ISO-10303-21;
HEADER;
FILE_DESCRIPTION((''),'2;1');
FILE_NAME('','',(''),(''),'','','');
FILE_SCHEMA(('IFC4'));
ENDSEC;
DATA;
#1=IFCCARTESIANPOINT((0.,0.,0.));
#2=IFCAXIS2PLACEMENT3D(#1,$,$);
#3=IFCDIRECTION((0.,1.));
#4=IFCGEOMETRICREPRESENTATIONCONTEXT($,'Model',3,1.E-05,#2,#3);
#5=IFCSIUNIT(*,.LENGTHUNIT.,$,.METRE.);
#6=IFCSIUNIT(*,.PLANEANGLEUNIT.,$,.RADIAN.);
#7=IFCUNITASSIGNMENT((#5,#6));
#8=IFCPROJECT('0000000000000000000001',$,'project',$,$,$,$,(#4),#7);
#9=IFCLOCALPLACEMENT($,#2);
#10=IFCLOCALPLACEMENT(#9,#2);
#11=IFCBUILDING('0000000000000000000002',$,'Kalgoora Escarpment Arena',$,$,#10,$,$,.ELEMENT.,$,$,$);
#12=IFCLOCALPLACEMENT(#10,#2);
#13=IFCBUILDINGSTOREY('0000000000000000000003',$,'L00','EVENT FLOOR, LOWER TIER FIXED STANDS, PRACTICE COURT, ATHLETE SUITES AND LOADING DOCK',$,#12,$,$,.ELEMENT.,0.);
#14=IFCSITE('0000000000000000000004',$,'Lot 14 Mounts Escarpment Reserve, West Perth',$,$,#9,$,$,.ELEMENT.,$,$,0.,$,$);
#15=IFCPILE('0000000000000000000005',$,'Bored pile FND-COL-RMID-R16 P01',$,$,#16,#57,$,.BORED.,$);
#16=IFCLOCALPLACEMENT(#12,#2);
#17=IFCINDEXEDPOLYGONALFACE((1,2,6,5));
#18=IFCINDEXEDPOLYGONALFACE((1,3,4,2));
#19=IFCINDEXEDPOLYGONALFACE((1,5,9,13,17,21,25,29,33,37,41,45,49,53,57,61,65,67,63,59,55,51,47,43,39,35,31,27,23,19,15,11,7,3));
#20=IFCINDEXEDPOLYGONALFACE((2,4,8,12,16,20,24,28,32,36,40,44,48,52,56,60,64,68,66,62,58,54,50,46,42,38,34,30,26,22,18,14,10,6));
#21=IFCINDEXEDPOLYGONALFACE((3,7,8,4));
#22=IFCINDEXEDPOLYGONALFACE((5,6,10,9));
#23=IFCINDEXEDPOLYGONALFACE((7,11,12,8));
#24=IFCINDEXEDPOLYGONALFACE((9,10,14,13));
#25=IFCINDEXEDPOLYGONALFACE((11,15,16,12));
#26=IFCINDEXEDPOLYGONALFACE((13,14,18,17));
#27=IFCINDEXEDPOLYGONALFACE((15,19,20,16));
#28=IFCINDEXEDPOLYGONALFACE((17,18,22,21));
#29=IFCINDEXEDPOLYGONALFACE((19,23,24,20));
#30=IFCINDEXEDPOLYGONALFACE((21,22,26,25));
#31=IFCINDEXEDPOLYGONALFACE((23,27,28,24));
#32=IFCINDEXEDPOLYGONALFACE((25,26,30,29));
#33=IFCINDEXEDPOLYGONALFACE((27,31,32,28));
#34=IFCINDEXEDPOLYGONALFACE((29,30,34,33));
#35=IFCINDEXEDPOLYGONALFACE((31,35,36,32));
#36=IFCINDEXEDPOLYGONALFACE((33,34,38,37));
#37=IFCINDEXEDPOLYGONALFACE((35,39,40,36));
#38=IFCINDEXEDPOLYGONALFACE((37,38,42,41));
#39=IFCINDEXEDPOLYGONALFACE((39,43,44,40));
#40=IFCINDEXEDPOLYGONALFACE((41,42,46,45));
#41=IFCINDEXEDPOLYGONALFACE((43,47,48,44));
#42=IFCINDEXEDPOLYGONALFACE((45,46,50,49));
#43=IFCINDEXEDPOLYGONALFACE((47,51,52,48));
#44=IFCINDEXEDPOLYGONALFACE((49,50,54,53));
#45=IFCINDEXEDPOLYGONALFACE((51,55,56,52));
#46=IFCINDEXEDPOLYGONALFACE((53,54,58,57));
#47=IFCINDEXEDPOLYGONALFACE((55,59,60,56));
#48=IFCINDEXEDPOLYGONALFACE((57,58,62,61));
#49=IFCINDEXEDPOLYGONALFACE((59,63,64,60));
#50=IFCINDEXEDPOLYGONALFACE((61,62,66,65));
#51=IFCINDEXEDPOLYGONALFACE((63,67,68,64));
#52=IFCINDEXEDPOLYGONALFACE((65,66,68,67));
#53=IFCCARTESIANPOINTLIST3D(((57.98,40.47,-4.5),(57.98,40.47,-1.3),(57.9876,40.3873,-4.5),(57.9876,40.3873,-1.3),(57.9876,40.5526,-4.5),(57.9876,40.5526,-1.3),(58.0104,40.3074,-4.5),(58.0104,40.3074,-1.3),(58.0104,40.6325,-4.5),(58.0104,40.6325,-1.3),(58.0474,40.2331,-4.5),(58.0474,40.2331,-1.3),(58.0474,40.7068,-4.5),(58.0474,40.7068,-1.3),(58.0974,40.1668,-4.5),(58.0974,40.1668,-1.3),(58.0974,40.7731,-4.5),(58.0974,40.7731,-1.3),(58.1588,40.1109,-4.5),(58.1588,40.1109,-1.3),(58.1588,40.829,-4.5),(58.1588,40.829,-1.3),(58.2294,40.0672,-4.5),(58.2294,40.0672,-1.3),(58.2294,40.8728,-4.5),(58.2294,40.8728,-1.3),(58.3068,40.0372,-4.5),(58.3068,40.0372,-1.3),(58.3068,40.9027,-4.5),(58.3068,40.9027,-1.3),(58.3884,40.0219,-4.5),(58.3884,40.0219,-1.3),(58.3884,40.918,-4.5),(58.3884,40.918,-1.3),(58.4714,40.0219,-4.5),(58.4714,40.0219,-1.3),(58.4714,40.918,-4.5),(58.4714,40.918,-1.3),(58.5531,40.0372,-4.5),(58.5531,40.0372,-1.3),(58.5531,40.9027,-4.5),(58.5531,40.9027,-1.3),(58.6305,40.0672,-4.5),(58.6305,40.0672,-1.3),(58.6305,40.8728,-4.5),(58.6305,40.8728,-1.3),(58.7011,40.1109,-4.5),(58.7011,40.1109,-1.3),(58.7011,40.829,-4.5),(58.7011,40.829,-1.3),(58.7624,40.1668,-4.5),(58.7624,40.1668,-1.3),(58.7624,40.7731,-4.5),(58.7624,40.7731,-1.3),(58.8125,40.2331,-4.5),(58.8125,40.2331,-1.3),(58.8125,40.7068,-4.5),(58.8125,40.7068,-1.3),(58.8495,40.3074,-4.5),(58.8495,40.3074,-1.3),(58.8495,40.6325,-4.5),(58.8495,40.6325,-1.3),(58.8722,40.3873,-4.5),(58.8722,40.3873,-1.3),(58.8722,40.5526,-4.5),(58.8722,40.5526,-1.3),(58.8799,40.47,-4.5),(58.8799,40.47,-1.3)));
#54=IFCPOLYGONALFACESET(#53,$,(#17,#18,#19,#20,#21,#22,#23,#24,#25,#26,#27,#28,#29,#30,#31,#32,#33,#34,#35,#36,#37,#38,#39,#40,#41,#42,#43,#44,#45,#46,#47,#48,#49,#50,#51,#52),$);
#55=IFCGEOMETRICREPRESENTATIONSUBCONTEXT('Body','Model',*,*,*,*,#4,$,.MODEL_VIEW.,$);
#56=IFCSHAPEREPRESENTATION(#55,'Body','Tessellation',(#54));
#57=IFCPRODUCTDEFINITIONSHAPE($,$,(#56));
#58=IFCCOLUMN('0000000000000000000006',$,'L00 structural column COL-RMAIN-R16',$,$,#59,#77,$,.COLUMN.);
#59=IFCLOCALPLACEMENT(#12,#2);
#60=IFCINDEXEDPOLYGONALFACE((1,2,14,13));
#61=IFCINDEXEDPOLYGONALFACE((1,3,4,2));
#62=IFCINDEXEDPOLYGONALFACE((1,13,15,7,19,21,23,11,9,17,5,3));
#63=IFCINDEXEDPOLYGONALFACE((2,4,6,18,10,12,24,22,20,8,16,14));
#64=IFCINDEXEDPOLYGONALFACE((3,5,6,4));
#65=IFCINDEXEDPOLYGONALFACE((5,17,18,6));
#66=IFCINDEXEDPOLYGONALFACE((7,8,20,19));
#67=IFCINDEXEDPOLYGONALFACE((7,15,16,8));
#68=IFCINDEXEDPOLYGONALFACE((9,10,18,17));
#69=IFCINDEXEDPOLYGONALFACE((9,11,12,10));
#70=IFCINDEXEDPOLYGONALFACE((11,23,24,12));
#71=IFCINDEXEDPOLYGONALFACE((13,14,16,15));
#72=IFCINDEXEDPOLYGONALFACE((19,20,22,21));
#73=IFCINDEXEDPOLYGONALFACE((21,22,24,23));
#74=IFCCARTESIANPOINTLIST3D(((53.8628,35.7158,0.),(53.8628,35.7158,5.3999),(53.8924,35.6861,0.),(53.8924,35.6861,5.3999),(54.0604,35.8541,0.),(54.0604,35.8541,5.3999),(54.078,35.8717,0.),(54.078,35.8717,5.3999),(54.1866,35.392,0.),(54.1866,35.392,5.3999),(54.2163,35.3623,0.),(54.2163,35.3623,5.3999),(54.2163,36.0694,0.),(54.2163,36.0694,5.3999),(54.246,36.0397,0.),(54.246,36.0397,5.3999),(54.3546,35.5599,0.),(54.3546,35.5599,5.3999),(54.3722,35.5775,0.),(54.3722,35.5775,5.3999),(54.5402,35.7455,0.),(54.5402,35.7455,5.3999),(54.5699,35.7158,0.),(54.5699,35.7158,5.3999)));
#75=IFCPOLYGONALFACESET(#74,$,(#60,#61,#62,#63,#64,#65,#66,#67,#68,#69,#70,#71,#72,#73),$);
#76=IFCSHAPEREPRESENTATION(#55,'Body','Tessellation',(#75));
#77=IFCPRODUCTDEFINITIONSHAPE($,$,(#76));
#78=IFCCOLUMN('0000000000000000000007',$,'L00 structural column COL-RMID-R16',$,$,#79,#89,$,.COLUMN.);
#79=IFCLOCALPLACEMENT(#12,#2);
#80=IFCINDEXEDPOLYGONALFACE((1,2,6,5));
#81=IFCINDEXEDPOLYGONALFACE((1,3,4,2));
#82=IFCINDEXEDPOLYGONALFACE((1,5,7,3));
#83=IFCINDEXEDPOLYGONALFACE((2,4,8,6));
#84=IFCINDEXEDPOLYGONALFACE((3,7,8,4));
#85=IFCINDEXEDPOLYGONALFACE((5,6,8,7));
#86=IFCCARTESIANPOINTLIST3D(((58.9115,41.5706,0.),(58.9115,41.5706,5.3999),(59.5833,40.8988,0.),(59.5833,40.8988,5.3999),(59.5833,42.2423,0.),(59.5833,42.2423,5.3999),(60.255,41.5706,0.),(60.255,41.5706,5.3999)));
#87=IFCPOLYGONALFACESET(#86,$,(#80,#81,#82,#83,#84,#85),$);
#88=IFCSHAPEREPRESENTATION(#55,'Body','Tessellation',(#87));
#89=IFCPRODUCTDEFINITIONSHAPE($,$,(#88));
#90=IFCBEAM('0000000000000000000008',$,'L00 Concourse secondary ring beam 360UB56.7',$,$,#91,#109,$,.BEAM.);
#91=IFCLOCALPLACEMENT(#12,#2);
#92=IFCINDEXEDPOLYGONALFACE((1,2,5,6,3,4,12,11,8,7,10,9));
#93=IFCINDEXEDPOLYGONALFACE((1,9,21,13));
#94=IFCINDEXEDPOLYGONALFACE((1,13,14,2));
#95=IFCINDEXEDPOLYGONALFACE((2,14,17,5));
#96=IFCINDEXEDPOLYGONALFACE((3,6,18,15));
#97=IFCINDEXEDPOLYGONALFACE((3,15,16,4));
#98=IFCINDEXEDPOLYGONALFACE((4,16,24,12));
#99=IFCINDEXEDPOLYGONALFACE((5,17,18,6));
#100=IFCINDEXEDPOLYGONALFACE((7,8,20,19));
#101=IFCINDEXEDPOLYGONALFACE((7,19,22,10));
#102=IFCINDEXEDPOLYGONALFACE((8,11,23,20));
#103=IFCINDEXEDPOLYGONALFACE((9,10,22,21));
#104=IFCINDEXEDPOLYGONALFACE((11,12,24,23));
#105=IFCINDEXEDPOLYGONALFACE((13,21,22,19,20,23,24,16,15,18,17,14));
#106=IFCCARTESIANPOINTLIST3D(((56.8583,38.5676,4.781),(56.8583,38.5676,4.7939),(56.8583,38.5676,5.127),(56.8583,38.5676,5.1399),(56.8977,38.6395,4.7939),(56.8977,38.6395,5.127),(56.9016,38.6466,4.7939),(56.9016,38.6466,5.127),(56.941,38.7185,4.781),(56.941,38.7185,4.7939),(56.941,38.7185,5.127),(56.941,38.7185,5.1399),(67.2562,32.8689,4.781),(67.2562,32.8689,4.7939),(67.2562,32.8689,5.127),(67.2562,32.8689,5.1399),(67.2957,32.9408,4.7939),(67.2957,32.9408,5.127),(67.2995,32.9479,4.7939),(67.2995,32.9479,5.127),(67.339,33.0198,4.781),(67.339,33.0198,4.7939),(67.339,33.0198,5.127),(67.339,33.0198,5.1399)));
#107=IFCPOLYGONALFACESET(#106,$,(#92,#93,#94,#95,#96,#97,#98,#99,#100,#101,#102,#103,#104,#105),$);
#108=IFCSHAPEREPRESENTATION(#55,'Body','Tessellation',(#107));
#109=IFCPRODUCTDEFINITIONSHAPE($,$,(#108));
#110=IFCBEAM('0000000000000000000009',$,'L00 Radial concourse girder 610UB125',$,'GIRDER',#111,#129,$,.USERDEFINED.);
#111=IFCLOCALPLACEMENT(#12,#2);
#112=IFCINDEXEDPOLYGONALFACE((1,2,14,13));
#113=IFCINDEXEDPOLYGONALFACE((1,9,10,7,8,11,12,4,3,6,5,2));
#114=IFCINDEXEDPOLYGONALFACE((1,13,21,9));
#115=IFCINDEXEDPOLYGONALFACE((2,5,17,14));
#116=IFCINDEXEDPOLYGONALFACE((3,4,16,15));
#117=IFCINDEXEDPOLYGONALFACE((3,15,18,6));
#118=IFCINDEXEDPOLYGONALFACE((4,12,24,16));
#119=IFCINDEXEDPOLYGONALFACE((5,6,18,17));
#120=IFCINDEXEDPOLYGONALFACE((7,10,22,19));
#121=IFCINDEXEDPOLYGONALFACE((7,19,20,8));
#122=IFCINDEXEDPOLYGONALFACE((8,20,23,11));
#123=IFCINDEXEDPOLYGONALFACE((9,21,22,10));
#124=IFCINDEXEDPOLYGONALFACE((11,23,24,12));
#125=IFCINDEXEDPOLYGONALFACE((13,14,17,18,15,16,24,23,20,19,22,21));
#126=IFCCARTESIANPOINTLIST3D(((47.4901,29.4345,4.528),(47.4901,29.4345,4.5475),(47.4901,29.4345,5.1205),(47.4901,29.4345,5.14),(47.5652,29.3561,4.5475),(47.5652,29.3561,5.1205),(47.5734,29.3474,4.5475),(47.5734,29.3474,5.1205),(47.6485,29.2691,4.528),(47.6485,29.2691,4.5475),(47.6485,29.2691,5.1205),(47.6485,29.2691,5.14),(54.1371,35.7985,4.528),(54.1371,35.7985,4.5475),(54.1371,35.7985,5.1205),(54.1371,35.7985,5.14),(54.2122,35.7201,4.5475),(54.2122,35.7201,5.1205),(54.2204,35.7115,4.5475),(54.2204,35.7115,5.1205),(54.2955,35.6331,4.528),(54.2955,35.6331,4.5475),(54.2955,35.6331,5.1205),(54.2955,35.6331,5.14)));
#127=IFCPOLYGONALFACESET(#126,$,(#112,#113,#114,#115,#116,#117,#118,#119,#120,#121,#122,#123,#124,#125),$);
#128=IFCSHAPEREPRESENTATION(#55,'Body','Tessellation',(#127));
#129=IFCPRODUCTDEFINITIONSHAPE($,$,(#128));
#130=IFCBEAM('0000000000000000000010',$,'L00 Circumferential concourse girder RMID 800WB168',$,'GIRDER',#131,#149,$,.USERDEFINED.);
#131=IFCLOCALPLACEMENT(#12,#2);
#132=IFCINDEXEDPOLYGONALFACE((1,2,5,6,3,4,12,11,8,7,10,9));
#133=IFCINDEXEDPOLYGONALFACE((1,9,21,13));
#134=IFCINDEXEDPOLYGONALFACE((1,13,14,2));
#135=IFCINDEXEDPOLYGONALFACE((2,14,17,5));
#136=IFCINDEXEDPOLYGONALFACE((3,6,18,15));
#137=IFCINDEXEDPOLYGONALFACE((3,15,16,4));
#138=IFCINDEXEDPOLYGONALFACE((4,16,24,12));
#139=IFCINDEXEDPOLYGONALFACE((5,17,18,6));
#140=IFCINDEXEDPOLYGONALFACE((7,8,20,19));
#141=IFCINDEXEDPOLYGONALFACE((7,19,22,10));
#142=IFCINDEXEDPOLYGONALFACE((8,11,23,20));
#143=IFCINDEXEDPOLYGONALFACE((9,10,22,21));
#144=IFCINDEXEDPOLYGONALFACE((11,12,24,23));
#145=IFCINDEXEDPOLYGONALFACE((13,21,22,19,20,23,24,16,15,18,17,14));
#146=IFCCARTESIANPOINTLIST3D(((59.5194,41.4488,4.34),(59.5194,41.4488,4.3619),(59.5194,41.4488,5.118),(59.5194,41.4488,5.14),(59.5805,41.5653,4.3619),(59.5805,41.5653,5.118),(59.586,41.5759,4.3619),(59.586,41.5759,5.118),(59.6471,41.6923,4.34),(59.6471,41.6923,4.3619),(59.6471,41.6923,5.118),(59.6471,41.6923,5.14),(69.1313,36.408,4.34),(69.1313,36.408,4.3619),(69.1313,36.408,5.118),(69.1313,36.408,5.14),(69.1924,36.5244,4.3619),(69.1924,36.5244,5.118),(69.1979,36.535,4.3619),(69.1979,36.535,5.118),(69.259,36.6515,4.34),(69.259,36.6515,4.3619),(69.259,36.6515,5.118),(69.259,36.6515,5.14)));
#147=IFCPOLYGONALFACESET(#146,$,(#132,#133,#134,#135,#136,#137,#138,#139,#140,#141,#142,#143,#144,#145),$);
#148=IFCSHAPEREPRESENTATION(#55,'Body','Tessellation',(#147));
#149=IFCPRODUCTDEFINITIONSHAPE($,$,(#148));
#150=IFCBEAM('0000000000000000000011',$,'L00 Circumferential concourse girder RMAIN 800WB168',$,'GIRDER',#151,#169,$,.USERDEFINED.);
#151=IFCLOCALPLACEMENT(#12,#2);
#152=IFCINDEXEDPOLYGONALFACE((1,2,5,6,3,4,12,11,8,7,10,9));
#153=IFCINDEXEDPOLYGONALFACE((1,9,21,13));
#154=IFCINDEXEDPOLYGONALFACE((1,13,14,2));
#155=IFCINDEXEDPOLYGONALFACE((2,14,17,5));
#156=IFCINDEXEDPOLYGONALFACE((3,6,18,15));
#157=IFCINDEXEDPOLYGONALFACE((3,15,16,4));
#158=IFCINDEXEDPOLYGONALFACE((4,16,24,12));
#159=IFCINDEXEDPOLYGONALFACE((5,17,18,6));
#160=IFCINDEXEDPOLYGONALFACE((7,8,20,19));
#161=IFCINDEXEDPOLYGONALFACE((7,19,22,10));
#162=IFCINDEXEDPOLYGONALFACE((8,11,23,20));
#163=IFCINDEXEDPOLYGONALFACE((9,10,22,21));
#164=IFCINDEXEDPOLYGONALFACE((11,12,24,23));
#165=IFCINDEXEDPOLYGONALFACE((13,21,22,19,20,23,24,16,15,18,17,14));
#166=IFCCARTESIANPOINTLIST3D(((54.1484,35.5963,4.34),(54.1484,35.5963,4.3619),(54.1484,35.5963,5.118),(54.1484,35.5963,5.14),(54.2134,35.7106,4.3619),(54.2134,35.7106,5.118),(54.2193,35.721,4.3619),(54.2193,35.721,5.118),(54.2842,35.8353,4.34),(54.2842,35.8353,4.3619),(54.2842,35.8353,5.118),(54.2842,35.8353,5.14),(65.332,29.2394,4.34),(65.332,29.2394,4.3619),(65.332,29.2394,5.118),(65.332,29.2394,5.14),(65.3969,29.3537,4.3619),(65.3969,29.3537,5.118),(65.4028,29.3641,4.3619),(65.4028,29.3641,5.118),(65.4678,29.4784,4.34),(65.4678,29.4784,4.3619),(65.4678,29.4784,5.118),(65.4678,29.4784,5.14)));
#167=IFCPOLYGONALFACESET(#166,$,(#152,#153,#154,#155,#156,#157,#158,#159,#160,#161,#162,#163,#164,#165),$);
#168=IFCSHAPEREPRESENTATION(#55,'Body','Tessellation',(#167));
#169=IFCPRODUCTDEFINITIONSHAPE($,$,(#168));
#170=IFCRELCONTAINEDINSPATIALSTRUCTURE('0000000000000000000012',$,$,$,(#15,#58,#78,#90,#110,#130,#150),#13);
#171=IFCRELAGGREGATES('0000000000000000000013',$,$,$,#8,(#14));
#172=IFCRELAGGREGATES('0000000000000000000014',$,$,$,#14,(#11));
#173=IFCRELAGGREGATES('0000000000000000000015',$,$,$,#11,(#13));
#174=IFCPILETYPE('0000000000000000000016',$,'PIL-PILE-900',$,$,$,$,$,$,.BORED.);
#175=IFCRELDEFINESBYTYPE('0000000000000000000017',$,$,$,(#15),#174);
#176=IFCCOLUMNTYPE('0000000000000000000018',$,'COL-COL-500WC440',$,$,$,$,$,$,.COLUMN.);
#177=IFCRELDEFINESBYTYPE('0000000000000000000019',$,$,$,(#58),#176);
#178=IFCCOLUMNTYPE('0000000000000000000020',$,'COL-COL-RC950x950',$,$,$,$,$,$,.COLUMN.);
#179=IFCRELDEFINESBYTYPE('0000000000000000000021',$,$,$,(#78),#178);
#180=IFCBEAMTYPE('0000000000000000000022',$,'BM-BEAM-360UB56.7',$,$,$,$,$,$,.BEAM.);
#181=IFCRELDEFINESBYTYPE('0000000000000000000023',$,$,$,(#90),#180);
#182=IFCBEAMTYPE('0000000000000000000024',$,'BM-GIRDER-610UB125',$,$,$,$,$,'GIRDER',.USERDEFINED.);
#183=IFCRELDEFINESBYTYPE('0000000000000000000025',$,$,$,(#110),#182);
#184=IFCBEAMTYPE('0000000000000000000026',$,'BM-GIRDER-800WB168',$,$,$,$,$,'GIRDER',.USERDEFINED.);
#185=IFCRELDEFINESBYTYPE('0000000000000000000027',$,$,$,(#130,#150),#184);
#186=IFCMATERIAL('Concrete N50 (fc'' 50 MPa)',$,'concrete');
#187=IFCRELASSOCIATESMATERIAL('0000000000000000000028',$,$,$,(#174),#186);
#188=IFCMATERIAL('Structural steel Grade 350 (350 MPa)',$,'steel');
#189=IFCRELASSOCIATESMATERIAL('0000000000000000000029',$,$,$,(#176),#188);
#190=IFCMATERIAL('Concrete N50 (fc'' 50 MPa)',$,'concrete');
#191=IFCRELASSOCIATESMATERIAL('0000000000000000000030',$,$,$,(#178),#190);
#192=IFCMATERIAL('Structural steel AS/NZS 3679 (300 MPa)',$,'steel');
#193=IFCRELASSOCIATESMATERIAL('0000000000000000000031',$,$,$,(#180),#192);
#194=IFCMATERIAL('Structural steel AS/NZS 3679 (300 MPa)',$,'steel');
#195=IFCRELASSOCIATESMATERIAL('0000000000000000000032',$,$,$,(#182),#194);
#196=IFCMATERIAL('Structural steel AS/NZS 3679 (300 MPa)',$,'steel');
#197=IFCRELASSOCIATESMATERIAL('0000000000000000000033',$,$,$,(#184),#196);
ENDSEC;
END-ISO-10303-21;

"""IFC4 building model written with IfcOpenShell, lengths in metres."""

from ifc_helpers import new_model, si_unit, direction, frame, origin, origin_2d, place, context, subcontext, project, spatial, rectangle, circle, i_section, extrude, material, material_profile, profile_set, type_object, element, save


model = new_model("IFC4")

# Units and contexts
model_context = context("Model", 3, precision=1e-05, world=origin(), true_north=direction((0.0, 1.0)))
body_context = subcontext(model_context, "Body", "Model", "MODEL_VIEW")
ifc_project = project(units=[si_unit("LENGTHUNIT", "METRE"), si_unit("PLANEANGLEUNIT", "RADIAN")], contexts=[model_context])

# Site, building, storey
site_placement = place(None, origin())
site = spatial("IfcSite", under=ifc_project, at=site_placement, Name="Lot 14 Mounts Escarpment Reserve, West Perth", CompositionType="ELEMENT", RefElevation=0.0)
building_placement = place(site_placement, origin())
building = spatial("IfcBuilding", under=site, at=building_placement, Name="Kalgoora Escarpment Arena", CompositionType="ELEMENT")
storey_placement = place(building_placement, origin())
storey = spatial("IfcBuildingStorey", under=building, at=storey_placement, Name="L00", Description="EVENT FLOOR, LOWER TIER FIXED STANDS, PRACTICE COURT, ATHLETE SUITES AND LOADING DOCK", CompositionType="ELEMENT", Elevation=0.0)

# Pile
ifc_material_1 = material(Name="Concrete N50 (fc' 50 MPa)", Category="concrete")
ifc_material_profile_1 = material_profile(ifc_material_1, circle(Radius=0.45, at=origin_2d()))
ifc_profile_set_1 = profile_set([ifc_material_profile_1], Name="Concrete N50 (fc' 50 MPa)")
pile_type_1 = type_object("IfcPileType", Name="PIL-PILE-900", PredefinedType="BORED", material=ifc_profile_set_1)
pile_placement = place(storey_placement, frame((58.4299, 40.47, -1.3), z_axis=(0.0, 0.0, -1.0), x_axis=(1.0, 0.0, 0.0)))
element("IfcPile", 1, at=pile_placement, inside=storey, type_object=pile_type_1, Name="Bored pile FND-COL-RMID-R16 P01", PredefinedType="BORED", context=body_context, shape_type="SweptSolid", body=[
    extrude(circle(Radius=0.45, at=origin_2d()), origin(), (0.0, 0.0, 1.0), 3.2),
])

# Columns
ifc_material_2 = material(Name="Structural steel Grade 350 (350 MPa)", Category="steel")
ifc_material_profile_2 = material_profile(ifc_material_2, i_section(OverallWidth=0.5, OverallDepth=0.5, WebThickness=0.0249, FlangeThickness=0.042, at=origin_2d()))
ifc_profile_set_2 = profile_set([ifc_material_profile_2], Name="Structural steel Grade 350 (350 MPa)")
column_type_1 = type_object("IfcColumnType", Name="COL-COL-500WC440", PredefinedType="COLUMN", material=ifc_profile_set_2)
column_1_placement = place(storey_placement, frame((54.2163, 35.7158, 0.0), z_axis=(0.0, 0.0, 1.0), x_axis=(-0.707107, -0.707107, 0.0)))
element("IfcColumn", 2, at=column_1_placement, inside=storey, type_object=column_type_1, Name="L00 structural column COL-RMAIN-R16", PredefinedType="COLUMN", context=body_context, shape_type="SweptSolid", body=[
    extrude(i_section(OverallWidth=0.5, OverallDepth=0.5, WebThickness=0.0249, FlangeThickness=0.042, at=origin_2d()), origin(), (0.0, 0.0, 1.0), 5.3999),
])
ifc_material_3 = material(Name="Concrete N50 (fc' 50 MPa)", Category="concrete")
ifc_material_profile_3 = material_profile(ifc_material_3, rectangle(XDim=0.95, YDim=0.95, at=origin_2d()))
ifc_profile_set_3 = profile_set([ifc_material_profile_3], Name="Concrete N50 (fc' 50 MPa)")
column_type_2 = type_object("IfcColumnType", Name="COL-COL-RC950x950", PredefinedType="COLUMN", material=ifc_profile_set_3)
column_2_placement = place(storey_placement, frame((59.5833, 41.5706, 0.0), z_axis=(0.0, 0.0, 1.0), x_axis=(-0.707107, -0.707107, 0.0)))
element("IfcColumn", 3, at=column_2_placement, inside=storey, type_object=column_type_2, Name="L00 structural column COL-RMID-R16", PredefinedType="COLUMN", context=body_context, shape_type="SweptSolid", body=[
    extrude(rectangle(XDim=0.95, YDim=0.95, at=origin_2d()), origin(), (0.0, 0.0, 1.0), 5.3999),
])

# Beams
ifc_material_4 = material(Name="Structural steel AS/NZS 3679 (300 MPa)", Category="steel")
ifc_material_profile_4 = material_profile(ifc_material_4, i_section(OverallWidth=0.1721, OverallDepth=0.3589, WebThickness=0.0081, FlangeThickness=0.0129, at=origin_2d()))
ifc_profile_set_4 = profile_set([ifc_material_profile_4], Name="Structural steel AS/NZS 3679 (300 MPa)")
beam_type_1 = type_object("IfcBeamType", Name="BM-BEAM-360UB56.7", PredefinedType="BEAM", material=ifc_profile_set_4)
beam_1_placement = place(storey_placement, frame((56.8997, 38.6431, 4.9604), z_axis=(0.876932, -0.480614, 0.0), x_axis=(0.480614, 0.876932, 0.0)))
element("IfcBeam", 4, at=beam_1_placement, inside=storey, type_object=beam_type_1, Name="L00 Concourse secondary ring beam 360UB56.7", PredefinedType="BEAM", context=body_context, shape_type="SweptSolid", body=[
    extrude(i_section(OverallWidth=0.1721, OverallDepth=0.3589, WebThickness=0.0081, FlangeThickness=0.0129, at=origin_2d()), origin(), (0.0, 0.0, 1.0), 11.8572),
])
ifc_material_5 = material(Name="Structural steel AS/NZS 3679 (300 MPa)", Category="steel")
ifc_material_profile_5 = material_profile(ifc_material_5, i_section(OverallWidth=0.229, OverallDepth=0.6121, WebThickness=0.012, FlangeThickness=0.0195, at=origin_2d()))
ifc_profile_set_5 = profile_set([ifc_material_profile_5], Name="Structural steel AS/NZS 3679 (300 MPa)")
beam_type_2 = type_object("IfcBeamType", Name="BM-GIRDER-610UB125", ElementType="GIRDER", PredefinedType="USERDEFINED", material=ifc_profile_set_5)
beam_2_placement = place(storey_placement, frame((54.2163, 35.7158, 4.834), z_axis=(-0.722314, -0.691565, 0.0), x_axis=(0.691565, -0.722314, 0.0)))
element("IfcBeam", 5, at=beam_2_placement, inside=storey, type_object=beam_type_2, Name="L00 Radial concourse girder 610UB125", ObjectType="GIRDER", PredefinedType="USERDEFINED", context=body_context, shape_type="SweptSolid", body=[
    extrude(i_section(OverallWidth=0.229, OverallDepth=0.6121, WebThickness=0.012, FlangeThickness=0.0195, at=origin_2d()), origin(), (0.0, 0.0, 1.0), 9.2024),
])
ifc_material_6 = material(Name="Structural steel AS/NZS 3679 (300 MPa)", Category="steel")
ifc_material_profile_6 = material_profile(ifc_material_6, i_section(OverallWidth=0.2749, OverallDepth=0.8, WebThickness=0.012, FlangeThickness=0.022, at=origin_2d()))
ifc_profile_set_6 = profile_set([ifc_material_profile_6], Name="Structural steel AS/NZS 3679 (300 MPa)")
beam_type_3 = type_object("IfcBeamType", Name="BM-GIRDER-800WB168", ElementType="GIRDER", PredefinedType="USERDEFINED", material=ifc_profile_set_6)
beam_3_placement = place(storey_placement, frame((59.5833, 41.5706, 4.74), z_axis=(0.885604, -0.464441, 0.0), x_axis=(0.464441, 0.885604, 0.0)))
element("IfcBeam", 6, at=beam_3_placement, inside=storey, type_object=beam_type_3, Name="L00 Circumferential concourse girder RMID 800WB168", ObjectType="GIRDER", PredefinedType="USERDEFINED", context=body_context, shape_type="SweptSolid", body=[
    extrude(i_section(OverallWidth=0.2749, OverallDepth=0.8, WebThickness=0.012, FlangeThickness=0.022, at=origin_2d()), origin(), (0.0, 0.0, 1.0), 10.8535),
])
beam_4_placement = place(storey_placement, frame((54.2163, 35.7158, 4.74), z_axis=(0.869369, -0.494163, 0.0), x_axis=(0.494163, 0.869369, 0.0)))
element("IfcBeam", 7, at=beam_4_placement, inside=storey, type_object=beam_type_3, Name="L00 Circumferential concourse girder RMAIN 800WB168", ObjectType="GIRDER", PredefinedType="USERDEFINED", context=body_context, shape_type="SweptSolid", body=[
    extrude(i_section(OverallWidth=0.2749, OverallDepth=0.8, WebThickness=0.012, FlangeThickness=0.022, at=origin_2d()), origin(), (0.0, 0.0, 1.0), 12.864),
])

save(model, "model.ifc")
